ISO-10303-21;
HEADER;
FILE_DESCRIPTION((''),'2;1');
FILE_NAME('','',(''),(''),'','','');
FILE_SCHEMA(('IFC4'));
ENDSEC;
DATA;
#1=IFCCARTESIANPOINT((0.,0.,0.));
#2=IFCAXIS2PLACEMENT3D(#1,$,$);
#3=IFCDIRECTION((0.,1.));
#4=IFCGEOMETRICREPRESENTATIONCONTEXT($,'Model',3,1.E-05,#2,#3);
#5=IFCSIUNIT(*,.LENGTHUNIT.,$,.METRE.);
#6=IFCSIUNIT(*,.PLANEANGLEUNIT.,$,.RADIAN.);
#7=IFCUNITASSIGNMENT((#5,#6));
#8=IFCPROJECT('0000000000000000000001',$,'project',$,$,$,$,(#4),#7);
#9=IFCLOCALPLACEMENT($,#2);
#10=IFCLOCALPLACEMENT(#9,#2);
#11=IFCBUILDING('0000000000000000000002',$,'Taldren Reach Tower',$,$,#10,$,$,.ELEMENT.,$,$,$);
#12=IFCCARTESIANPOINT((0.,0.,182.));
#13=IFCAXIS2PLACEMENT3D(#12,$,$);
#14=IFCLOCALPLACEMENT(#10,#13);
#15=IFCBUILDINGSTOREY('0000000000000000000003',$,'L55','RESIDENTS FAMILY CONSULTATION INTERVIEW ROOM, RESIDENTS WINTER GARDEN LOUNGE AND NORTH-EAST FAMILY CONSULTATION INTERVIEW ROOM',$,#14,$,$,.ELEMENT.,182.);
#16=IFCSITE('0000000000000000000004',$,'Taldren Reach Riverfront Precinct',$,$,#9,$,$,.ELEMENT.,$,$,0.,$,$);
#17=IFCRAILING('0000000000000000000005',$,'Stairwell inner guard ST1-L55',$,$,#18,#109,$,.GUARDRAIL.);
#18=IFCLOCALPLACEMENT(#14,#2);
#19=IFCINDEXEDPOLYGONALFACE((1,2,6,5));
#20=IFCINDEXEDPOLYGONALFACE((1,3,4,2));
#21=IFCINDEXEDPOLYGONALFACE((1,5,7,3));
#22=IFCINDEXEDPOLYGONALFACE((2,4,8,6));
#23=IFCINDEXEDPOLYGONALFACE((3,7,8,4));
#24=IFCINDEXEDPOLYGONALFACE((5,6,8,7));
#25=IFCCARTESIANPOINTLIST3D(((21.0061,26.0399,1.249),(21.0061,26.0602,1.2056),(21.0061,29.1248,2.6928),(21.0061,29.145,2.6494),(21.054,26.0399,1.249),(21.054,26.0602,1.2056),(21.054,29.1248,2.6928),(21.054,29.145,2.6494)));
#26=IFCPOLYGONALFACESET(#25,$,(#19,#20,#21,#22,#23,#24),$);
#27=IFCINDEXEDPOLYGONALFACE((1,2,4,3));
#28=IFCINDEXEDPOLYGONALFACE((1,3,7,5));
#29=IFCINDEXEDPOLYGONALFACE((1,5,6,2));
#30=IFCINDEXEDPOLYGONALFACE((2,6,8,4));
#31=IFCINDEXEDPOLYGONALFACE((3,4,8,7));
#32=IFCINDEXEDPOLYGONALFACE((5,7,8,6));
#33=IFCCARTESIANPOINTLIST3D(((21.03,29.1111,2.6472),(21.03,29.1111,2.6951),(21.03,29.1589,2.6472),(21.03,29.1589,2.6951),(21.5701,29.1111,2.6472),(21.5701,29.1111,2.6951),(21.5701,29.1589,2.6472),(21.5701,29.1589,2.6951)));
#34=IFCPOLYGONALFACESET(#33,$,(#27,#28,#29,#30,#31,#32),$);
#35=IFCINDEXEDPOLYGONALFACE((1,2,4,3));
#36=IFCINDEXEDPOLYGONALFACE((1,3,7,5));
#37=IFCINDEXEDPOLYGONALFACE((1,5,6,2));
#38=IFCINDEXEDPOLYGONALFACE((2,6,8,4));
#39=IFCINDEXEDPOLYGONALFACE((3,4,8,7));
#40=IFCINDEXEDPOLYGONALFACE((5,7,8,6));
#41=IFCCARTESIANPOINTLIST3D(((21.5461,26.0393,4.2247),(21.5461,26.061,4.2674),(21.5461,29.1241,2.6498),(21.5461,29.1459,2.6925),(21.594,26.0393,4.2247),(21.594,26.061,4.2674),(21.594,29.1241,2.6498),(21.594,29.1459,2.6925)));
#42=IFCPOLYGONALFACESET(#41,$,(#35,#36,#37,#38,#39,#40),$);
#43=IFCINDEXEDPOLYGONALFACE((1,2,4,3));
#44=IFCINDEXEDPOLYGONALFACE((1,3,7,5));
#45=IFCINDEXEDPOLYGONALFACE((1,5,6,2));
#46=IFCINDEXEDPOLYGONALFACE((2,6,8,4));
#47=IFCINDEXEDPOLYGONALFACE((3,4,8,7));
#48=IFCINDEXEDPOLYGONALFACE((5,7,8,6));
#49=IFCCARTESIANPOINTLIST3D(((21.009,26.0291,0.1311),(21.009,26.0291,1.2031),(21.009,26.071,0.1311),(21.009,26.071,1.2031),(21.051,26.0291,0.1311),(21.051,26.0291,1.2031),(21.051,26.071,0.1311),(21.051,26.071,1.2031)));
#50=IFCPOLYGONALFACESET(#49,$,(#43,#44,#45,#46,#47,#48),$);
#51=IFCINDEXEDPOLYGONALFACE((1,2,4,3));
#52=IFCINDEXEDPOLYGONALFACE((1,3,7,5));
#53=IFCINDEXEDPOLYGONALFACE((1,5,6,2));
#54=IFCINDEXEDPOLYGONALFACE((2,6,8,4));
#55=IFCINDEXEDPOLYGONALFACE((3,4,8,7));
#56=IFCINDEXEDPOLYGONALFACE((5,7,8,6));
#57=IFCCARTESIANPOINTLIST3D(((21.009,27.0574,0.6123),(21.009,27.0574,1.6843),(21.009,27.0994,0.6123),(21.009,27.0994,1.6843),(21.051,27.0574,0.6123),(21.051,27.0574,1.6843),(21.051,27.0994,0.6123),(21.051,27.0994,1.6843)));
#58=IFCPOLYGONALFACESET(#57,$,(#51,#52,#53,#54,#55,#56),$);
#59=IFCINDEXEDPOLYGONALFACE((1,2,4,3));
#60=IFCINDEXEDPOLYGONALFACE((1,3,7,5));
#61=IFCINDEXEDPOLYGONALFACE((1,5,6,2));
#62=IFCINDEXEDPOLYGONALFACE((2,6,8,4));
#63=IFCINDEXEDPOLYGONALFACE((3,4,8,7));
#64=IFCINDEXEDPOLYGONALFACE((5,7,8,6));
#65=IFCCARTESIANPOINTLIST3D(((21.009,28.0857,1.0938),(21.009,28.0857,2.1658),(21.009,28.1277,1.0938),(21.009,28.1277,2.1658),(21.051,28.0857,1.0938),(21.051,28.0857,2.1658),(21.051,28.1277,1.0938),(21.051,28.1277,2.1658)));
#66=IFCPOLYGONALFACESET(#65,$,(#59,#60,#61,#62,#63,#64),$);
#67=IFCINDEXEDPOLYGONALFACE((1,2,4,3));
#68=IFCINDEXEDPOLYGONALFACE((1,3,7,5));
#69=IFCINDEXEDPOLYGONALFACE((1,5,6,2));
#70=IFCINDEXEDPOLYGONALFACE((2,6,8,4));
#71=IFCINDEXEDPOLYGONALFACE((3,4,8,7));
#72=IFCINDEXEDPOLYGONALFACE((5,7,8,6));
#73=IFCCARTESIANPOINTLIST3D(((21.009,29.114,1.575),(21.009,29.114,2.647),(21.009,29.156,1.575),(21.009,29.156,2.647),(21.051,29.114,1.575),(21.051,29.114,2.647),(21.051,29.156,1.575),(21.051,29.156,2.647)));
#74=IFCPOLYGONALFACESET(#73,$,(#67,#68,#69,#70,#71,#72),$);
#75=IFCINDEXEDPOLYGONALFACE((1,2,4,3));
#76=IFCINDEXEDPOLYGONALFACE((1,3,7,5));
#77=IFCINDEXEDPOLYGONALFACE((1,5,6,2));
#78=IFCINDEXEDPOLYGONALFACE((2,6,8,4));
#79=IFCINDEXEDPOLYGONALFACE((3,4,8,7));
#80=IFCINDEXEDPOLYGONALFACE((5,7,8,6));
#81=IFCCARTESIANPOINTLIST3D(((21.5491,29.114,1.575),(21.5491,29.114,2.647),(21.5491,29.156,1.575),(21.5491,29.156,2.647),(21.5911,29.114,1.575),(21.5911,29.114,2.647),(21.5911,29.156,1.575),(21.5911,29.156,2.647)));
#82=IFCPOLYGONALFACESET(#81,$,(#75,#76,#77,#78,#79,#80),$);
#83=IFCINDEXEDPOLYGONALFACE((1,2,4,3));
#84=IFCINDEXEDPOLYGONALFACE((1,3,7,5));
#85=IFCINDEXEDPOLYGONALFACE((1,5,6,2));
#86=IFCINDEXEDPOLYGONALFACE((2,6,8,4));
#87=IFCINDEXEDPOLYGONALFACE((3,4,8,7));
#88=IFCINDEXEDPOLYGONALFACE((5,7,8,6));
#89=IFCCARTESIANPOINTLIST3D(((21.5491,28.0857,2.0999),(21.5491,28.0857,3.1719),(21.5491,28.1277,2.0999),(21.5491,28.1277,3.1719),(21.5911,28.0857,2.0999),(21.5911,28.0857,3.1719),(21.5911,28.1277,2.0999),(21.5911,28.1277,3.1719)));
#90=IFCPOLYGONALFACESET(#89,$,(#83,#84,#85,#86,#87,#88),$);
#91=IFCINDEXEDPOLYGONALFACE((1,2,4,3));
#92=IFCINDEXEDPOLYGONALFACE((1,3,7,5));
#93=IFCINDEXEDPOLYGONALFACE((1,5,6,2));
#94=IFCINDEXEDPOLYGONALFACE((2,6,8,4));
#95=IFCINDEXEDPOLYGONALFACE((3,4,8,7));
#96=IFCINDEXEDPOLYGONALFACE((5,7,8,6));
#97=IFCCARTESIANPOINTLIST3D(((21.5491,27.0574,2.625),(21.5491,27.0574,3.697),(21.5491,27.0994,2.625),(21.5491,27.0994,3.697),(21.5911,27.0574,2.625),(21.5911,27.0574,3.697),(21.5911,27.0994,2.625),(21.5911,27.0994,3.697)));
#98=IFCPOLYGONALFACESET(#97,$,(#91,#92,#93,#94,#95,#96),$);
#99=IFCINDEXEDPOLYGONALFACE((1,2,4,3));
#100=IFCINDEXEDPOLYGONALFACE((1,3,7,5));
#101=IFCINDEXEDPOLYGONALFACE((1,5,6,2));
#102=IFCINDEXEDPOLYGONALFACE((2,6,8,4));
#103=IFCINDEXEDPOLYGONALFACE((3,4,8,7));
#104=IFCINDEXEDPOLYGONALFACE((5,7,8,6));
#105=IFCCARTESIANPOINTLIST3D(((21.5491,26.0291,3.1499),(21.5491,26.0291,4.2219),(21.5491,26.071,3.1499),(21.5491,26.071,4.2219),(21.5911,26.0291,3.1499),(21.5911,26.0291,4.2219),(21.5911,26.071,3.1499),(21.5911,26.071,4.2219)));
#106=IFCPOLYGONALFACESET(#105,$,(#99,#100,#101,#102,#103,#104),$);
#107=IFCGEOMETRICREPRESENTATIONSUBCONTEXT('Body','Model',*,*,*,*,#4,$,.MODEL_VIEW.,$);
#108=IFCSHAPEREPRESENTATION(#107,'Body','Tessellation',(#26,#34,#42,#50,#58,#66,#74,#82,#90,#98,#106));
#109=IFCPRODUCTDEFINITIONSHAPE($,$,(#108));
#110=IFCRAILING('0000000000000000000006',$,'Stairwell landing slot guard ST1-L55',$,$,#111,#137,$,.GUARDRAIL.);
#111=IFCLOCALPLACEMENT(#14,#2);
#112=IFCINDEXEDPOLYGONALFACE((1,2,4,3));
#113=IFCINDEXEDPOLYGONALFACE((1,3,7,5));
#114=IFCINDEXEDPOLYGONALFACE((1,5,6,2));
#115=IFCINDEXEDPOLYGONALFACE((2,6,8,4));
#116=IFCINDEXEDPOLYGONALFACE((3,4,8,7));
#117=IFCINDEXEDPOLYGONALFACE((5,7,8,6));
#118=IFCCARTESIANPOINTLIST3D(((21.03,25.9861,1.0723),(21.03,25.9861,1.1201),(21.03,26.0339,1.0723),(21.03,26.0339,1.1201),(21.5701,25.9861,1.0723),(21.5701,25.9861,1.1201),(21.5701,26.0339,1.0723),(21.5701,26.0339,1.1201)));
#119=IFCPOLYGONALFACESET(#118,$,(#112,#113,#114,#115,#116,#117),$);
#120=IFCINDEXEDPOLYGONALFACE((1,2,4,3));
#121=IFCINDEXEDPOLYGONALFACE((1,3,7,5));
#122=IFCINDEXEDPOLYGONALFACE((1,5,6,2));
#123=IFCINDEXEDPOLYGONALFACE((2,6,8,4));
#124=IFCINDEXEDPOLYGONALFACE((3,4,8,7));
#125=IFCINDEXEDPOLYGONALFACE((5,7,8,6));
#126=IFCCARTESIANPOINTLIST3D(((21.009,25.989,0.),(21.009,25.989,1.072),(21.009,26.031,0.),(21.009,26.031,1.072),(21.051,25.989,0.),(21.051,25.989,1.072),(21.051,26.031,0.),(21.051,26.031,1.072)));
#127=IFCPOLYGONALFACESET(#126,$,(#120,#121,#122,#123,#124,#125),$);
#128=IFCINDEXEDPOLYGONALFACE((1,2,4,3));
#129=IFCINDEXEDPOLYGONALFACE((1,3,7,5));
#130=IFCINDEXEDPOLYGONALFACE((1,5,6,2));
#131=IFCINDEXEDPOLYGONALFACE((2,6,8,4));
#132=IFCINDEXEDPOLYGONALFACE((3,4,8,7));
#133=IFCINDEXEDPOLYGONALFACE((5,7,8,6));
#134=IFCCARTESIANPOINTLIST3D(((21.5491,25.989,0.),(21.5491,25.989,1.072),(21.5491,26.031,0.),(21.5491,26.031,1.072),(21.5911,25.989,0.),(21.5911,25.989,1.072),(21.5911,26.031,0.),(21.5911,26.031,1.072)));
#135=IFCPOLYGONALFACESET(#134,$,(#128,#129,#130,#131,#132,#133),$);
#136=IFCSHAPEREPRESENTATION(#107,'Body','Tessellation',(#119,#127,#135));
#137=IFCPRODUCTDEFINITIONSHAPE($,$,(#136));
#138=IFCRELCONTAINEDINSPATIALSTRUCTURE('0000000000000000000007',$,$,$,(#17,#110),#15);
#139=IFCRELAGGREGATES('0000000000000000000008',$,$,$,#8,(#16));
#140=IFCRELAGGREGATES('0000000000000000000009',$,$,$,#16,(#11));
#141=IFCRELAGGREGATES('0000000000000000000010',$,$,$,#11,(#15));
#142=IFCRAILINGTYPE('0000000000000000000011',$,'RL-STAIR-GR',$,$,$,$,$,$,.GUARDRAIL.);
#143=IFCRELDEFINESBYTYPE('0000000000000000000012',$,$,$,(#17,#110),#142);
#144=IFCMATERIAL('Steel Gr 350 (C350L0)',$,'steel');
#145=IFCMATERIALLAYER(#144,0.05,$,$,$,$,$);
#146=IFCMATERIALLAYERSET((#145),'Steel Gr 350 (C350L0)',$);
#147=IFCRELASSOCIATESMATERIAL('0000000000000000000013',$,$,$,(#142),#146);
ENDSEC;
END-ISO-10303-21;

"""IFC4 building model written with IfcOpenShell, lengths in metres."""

from ifc_helpers import new_model, si_unit, direction, frame, origin, origin_2d, place, context, subcontext, project, spatial, rectangle, extrude, material, layer, layer_set, type_object, element, save


model = new_model("IFC4")

# Units and contexts
model_context = context("Model", 3, precision=1e-05, world=origin(), true_north=direction((0.0, 1.0)))
body_context = subcontext(model_context, "Body", "Model", "MODEL_VIEW")
ifc_project = project(units=[si_unit("LENGTHUNIT", "METRE"), si_unit("PLANEANGLEUNIT", "RADIAN")], contexts=[model_context])

# Site, building, storey
site_placement = place(None, origin())
site = spatial("IfcSite", under=ifc_project, at=site_placement, Name="Taldren Reach Riverfront Precinct", CompositionType="ELEMENT", RefElevation=0.0)
building_placement = place(site_placement, origin())
building = spatial("IfcBuilding", under=site, at=building_placement, Name="Taldren Reach Tower", CompositionType="ELEMENT")
storey_placement = place(building_placement, frame((0.0, 0.0, 182.0)))
storey = spatial("IfcBuildingStorey", under=building, at=storey_placement, Name="L55", Description="RESIDENTS FAMILY CONSULTATION INTERVIEW ROOM, RESIDENTS WINTER GARDEN LOUNGE AND NORTH-EAST FAMILY CONSULTATION INTERVIEW ROOM", CompositionType="ELEMENT", Elevation=182.0)

# Shared definitions
ifc_material_1 = material(Name="Steel Gr 350 (C350L0)", Category="steel")

# Railings
ifc_layer_1 = layer(ifc_material_1, 0.05)
ifc_layer_set_1 = layer_set([ifc_layer_1], Name="Steel Gr 350 (C350L0)")
railing_type_1 = type_object("IfcRailingType", Name="RL-STAIR-GR", PredefinedType="GUARDRAIL", material=ifc_layer_set_1)
railing_1_placement = place(storey_placement, frame((21.03, 26.05, 0.1311)))
element("IfcRailing", 1, at=railing_1_placement, inside=storey, type_object=railing_type_1, Name="Stairwell inner guard ST1-L55", PredefinedType="GUARDRAIL", context=body_context, shape_type="SweptSolid", body=[
    extrude(rectangle(XDim=0.0479, YDim=0.0479, at=origin_2d()), frame((0.0, 0.0, 1.0962), z_axis=(0.0, 0.90571, 0.423898), x_axis=(-1.0, 0.0, 0.0)), (0.0, 0.0, 1.0), 3.406),
    extrude(rectangle(XDim=0.0479, YDim=0.0479, at=origin_2d()), frame((0.0, 3.085, 2.54), z_axis=(1.0, 0.0, 0.0), x_axis=(0.0, 1.0, 0.0)), (0.0, 0.0, 1.0), 0.54),
    extrude(rectangle(XDim=0.0479, YDim=0.0479, at=origin_2d()), frame((0.54, 3.085, 2.54), z_axis=(0.0, -0.890646, 0.454697), x_axis=(1.0, 0.0, 0.0)), (0.0, 0.0, 1.0), 3.4636),
    extrude(rectangle(XDim=0.042, YDim=0.042, at=origin_2d()), origin(), (0.0, 0.0, 1.0), 1.072),
    extrude(rectangle(XDim=0.042, YDim=0.042, at=origin_2d()), frame((0.0, 1.0283, 0.4812)), (0.0, 0.0, 1.0), 1.072),
    extrude(rectangle(XDim=0.042, YDim=0.042, at=origin_2d()), frame((0.0, 2.0566, 0.9626)), (0.0, 0.0, 1.0), 1.072),
    extrude(rectangle(XDim=0.042, YDim=0.042, at=origin_2d()), frame((0.0, 3.085, 1.4438)), (0.0, 0.0, 1.0), 1.072),
    extrude(rectangle(XDim=0.042, YDim=0.042, at=origin_2d()), frame((0.54, 3.085, 1.4438)), (0.0, 0.0, 1.0), 1.072),
    extrude(rectangle(XDim=0.042, YDim=0.042, at=origin_2d()), frame((0.54, 2.0566, 1.9688)), (0.0, 0.0, 1.0), 1.072),
    extrude(rectangle(XDim=0.042, YDim=0.042, at=origin_2d()), frame((0.54, 1.0283, 2.4939)), (0.0, 0.0, 1.0), 1.072),
    extrude(rectangle(XDim=0.042, YDim=0.042, at=origin_2d()), frame((0.54, 0.0, 3.0188)), (0.0, 0.0, 1.0), 1.072),
])
railing_2_placement = place(storey_placement, frame((21.03, 26.01, 0.0)))
element("IfcRailing", 2, at=railing_2_placement, inside=storey, type_object=railing_type_1, Name="Stairwell landing slot guard ST1-L55", PredefinedType="GUARDRAIL", context=body_context, shape_type="SweptSolid", body=[
    extrude(rectangle(XDim=0.0479, YDim=0.0479, at=origin_2d()), frame((0.0, 0.0, 1.0962), z_axis=(1.0, 0.0, 0.0), x_axis=(0.0, 1.0, 0.0)), (0.0, 0.0, 1.0), 0.54),
    extrude(rectangle(XDim=0.042, YDim=0.042, at=origin_2d()), origin(), (0.0, 0.0, 1.0), 1.072),
    extrude(rectangle(XDim=0.042, YDim=0.042, at=origin_2d()), frame((0.54, 0.0, 0.0)), (0.0, 0.0, 1.0), 1.072),
])

save(model, "model.ifc")
